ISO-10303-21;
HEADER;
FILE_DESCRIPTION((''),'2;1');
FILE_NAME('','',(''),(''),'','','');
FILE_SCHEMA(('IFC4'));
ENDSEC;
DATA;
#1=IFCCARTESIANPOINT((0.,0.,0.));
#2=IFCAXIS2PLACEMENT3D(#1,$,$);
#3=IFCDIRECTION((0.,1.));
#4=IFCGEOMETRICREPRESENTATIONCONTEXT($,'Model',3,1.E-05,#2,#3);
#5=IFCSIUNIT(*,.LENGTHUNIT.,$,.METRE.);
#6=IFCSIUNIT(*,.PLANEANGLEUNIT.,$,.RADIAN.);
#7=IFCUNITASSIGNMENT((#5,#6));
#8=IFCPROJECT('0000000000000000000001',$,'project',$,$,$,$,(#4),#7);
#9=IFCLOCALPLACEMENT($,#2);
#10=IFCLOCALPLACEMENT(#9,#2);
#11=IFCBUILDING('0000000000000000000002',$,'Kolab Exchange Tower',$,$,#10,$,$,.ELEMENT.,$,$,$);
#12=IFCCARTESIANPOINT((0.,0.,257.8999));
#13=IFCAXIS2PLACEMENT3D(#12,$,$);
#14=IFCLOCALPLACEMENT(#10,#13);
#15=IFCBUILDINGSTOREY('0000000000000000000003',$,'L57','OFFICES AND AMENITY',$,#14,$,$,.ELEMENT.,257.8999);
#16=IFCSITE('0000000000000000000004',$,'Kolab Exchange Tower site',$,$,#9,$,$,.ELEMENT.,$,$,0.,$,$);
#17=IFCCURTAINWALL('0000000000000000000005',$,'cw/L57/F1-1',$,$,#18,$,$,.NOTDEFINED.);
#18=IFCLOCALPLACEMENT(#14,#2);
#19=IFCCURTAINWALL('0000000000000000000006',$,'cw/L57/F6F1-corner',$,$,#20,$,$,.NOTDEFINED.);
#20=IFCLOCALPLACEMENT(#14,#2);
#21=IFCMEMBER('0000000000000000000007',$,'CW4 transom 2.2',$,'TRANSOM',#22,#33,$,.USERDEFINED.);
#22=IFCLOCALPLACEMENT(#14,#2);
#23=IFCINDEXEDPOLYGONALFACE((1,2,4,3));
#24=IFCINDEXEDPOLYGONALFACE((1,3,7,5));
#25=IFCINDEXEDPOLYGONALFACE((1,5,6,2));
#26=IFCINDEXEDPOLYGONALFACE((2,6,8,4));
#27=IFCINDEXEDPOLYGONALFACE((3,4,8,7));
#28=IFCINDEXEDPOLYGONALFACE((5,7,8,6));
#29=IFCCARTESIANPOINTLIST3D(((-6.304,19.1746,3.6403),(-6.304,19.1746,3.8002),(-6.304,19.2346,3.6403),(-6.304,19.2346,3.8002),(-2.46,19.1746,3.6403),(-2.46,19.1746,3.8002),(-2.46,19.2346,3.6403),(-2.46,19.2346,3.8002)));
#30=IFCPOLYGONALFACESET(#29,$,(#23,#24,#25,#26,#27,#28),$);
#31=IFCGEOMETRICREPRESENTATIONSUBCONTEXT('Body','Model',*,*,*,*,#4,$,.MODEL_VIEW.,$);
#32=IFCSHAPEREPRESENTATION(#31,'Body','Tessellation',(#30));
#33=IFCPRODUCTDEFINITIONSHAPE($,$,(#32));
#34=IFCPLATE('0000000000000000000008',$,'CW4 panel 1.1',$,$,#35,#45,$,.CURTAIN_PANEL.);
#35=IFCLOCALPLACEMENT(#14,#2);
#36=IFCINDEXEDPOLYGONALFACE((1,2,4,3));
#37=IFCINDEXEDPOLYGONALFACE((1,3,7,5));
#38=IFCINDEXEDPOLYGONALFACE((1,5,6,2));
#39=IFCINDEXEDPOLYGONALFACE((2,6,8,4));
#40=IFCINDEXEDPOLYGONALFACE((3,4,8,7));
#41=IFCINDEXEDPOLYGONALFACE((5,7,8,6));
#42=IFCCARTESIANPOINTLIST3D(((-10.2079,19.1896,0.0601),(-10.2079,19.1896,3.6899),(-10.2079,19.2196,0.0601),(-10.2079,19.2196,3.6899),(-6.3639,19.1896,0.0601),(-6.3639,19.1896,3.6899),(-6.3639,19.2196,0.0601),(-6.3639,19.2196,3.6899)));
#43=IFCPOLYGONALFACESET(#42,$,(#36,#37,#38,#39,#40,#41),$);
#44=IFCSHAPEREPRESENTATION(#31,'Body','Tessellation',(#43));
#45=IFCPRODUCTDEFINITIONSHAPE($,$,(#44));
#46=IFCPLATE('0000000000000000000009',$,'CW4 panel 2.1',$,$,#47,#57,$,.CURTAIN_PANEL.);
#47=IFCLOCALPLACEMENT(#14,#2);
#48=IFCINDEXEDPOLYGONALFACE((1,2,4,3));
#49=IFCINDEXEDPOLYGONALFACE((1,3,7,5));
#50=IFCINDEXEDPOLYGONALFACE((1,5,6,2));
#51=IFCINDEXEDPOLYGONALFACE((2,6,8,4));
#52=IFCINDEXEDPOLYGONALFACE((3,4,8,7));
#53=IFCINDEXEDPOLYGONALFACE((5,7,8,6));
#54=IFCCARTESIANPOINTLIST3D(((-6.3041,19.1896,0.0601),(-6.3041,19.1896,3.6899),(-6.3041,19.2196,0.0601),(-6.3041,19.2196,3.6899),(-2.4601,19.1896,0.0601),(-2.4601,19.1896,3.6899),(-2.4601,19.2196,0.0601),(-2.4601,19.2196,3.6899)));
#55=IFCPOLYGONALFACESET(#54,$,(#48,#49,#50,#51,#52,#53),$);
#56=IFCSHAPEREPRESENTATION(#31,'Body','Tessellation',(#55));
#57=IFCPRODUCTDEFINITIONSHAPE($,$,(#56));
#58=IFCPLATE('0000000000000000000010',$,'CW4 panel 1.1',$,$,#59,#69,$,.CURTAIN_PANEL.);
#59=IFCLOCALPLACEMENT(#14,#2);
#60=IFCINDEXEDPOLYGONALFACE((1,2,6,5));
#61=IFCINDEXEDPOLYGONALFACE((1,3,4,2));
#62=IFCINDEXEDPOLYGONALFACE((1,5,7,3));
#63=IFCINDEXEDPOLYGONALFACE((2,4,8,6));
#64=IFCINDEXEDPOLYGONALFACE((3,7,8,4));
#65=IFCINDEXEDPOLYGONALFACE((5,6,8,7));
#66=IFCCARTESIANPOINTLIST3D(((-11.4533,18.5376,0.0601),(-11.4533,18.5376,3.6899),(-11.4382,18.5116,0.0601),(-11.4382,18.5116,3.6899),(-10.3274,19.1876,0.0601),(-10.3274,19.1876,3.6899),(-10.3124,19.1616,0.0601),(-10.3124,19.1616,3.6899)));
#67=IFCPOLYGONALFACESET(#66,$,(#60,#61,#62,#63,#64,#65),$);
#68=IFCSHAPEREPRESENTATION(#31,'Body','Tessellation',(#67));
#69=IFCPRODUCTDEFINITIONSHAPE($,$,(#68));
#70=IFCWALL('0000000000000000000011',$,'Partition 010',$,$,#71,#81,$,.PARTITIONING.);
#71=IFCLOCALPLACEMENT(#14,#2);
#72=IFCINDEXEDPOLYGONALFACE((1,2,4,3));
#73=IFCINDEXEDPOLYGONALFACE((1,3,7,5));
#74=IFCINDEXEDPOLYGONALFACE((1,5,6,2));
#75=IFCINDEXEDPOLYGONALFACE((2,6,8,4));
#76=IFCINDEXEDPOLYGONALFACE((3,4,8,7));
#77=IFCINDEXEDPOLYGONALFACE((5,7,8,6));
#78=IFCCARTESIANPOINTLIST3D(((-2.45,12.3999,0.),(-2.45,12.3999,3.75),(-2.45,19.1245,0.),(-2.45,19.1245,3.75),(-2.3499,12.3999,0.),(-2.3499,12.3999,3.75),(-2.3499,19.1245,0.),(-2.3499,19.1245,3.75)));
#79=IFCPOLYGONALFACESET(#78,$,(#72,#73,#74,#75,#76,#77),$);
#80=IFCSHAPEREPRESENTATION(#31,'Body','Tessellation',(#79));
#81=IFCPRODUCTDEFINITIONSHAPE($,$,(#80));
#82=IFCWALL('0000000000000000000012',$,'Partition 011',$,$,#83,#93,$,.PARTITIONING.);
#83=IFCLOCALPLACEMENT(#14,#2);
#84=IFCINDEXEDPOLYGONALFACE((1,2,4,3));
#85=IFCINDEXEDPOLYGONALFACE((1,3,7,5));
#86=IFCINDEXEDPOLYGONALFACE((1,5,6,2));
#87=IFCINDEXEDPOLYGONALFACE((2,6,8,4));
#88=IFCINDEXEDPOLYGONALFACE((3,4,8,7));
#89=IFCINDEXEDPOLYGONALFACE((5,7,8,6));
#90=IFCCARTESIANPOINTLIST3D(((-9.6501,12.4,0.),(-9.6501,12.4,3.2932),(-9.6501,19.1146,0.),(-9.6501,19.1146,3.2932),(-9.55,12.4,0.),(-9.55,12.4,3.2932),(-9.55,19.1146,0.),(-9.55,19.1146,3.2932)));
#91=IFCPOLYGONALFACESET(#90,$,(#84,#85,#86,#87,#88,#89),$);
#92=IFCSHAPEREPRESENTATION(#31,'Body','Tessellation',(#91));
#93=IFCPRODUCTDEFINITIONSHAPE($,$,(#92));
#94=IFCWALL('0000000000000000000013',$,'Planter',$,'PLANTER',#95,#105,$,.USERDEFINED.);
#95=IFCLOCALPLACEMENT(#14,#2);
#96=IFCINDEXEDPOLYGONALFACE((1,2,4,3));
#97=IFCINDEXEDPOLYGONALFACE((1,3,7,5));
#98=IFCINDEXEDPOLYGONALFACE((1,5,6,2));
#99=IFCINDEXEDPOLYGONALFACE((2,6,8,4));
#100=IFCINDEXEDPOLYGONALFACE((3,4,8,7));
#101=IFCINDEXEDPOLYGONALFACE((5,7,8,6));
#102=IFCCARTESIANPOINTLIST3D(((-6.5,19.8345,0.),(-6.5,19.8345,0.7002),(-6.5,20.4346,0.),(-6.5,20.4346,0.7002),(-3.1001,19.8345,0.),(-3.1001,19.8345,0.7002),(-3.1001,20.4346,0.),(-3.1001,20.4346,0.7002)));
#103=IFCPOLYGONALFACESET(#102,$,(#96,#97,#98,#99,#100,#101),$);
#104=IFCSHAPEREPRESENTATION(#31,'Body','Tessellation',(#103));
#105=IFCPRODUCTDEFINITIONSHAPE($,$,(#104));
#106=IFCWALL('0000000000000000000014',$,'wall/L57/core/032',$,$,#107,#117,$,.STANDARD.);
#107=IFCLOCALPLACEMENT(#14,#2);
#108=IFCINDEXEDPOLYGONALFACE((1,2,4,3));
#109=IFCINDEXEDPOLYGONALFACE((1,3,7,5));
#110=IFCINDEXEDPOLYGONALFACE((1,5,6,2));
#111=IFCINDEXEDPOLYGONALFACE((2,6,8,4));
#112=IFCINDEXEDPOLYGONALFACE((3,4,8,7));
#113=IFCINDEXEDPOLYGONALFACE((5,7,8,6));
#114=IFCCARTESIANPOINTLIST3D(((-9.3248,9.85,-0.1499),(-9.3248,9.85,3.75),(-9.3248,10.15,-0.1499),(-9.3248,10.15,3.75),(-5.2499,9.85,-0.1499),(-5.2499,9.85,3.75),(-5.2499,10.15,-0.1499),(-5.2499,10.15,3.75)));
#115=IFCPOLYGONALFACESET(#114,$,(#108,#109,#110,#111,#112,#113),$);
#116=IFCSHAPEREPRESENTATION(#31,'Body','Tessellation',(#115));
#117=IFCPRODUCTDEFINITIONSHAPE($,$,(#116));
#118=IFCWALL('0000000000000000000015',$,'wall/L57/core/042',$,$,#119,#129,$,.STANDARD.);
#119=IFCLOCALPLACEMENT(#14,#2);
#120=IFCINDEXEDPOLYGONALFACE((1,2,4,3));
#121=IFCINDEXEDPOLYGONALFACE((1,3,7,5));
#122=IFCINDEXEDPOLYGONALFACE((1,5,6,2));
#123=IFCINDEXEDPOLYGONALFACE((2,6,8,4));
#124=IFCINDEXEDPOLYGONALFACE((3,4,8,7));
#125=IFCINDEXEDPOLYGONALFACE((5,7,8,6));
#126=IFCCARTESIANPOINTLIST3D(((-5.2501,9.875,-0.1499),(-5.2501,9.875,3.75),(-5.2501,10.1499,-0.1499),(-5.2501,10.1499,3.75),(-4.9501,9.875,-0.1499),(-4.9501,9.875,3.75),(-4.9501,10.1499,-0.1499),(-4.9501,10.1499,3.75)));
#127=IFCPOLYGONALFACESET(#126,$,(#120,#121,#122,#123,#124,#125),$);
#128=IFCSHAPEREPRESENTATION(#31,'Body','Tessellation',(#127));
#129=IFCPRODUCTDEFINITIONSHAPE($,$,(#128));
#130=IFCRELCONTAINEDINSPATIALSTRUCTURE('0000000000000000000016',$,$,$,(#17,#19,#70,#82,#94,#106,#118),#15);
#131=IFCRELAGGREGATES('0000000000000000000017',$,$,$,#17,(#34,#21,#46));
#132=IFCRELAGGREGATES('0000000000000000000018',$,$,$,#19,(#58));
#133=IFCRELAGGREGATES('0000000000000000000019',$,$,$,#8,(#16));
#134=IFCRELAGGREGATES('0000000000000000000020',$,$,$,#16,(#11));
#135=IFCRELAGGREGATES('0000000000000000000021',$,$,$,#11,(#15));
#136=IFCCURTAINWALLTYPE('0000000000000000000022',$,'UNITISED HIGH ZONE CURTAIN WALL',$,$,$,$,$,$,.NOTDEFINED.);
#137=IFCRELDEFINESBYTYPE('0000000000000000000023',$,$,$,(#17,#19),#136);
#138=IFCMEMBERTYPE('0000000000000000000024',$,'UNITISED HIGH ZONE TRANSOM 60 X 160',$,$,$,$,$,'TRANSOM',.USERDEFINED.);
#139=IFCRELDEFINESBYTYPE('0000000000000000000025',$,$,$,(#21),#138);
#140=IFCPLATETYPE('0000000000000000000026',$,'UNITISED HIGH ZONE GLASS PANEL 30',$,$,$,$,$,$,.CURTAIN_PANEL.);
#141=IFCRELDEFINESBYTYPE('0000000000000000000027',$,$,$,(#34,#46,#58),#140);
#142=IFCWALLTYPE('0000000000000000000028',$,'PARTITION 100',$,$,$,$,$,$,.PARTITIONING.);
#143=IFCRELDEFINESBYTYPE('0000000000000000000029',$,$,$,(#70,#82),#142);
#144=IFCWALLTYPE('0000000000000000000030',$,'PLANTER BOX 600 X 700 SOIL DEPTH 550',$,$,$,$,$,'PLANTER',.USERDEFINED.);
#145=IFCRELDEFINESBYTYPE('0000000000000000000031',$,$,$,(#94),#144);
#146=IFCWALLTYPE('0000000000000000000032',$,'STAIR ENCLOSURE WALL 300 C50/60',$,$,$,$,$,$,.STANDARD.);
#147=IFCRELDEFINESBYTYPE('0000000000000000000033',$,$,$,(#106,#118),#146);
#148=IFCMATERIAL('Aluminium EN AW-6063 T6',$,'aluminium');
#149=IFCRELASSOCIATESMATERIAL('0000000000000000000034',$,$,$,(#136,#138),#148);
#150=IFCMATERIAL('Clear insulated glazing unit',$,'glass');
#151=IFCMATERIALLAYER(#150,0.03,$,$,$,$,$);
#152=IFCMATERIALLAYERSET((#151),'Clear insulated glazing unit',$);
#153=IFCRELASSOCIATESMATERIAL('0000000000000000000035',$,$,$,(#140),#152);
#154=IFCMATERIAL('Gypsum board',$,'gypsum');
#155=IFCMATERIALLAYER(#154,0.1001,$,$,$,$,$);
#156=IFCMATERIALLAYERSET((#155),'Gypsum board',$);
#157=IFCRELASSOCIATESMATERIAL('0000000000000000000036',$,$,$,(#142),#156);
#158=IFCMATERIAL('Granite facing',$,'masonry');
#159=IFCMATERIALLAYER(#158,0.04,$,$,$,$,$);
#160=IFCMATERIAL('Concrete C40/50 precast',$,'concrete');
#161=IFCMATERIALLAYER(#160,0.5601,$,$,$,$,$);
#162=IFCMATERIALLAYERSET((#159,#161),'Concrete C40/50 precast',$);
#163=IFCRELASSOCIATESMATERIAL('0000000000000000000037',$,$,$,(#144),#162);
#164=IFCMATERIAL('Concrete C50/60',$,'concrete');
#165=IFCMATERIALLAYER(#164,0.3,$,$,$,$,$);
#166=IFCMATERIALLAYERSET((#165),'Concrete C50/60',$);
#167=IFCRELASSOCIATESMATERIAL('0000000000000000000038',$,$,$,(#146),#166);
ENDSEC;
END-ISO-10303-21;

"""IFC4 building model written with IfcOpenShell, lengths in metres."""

from ifc_helpers import new_model, si_unit, direction, frame, frame_2d, origin, origin_2d, place, context, subcontext, project, spatial, rectangle, extrude, material, layer, layer_set, material_profile, profile_set, type_object, element, aggregate, save


model = new_model("IFC4")

# Units and contexts
model_context = context("Model", 3, precision=1e-05, world=origin(), true_north=direction((0.0, 1.0)))
body_context = subcontext(model_context, "Body", "Model", "MODEL_VIEW")
ifc_project = project(units=[si_unit("LENGTHUNIT", "METRE"), si_unit("PLANEANGLEUNIT", "RADIAN")], contexts=[model_context])

# Site, building, storey
site_placement = place(None, origin())
site = spatial("IfcSite", under=ifc_project, at=site_placement, Name="Kolab Exchange Tower site", CompositionType="ELEMENT", RefElevation=0.0)
building_placement = place(site_placement, origin())
building = spatial("IfcBuilding", under=site, at=building_placement, Name="Kolab Exchange Tower", CompositionType="ELEMENT")
storey_placement = place(building_placement, frame((0.0, 0.0, 257.8999)))
storey = spatial("IfcBuildingStorey", under=building, at=storey_placement, Name="L57", Description="OFFICES AND AMENITY", CompositionType="ELEMENT", Elevation=257.8999)

# Shared definitions
ifc_material_1 = material(Name="Concrete C50/60", Category="concrete")

# Curtain wall
ifc_material_2 = material(Name="Aluminium EN AW-6063 T6", Category="aluminium")
curtain_wall_type = type_object("IfcCurtainWallType", Name="UNITISED HIGH ZONE CURTAIN WALL", PredefinedType="NOTDEFINED", material=ifc_material_2)
curtain_wall_1_placement = place(storey_placement, origin())
curtain_wall_1 = element("IfcCurtainWall", 1, at=curtain_wall_1_placement, inside=storey, type_object=curtain_wall_type, Name="cw/L57/F1-1", PredefinedType="NOTDEFINED")

# Curtain wall
curtain_wall_2_placement = place(storey_placement, origin())
curtain_wall_2 = element("IfcCurtainWall", 2, at=curtain_wall_2_placement, inside=storey, type_object=curtain_wall_type, Name="cw/L57/F6F1-corner", PredefinedType="NOTDEFINED")

# Member
ifc_material_profile_1 = material_profile(ifc_material_2, rectangle(XDim=0.0601, YDim=0.1599, at=origin_2d()), Name="RECT 60X160")
ifc_profile_set_1 = profile_set([ifc_material_profile_1], Name="Aluminium EN AW-6063 T6")
member_type_1 = type_object("IfcMemberType", Name="UNITISED HIGH ZONE TRANSOM 60 X 160", ElementType="TRANSOM", PredefinedType="USERDEFINED", material=ifc_profile_set_1)
member_1_placement = place(storey_placement, frame((-6.304, 19.2046, 3.7202), z_axis=(1.0, 0.0, 0.0), x_axis=(0.0, 1.0, 0.0)))
member_1 = element("IfcMember", 3, at=member_1_placement, type_object=member_type_1, Name="CW4 transom 2.2", ObjectType="TRANSOM", PredefinedType="USERDEFINED", context=body_context, shape_type="SweptSolid", body=[
    extrude(rectangle(XDim=0.0601, YDim=0.1599, at=origin_2d()), origin(), (0.0, 0.0, 1.0), 3.844),
])

# Plates
ifc_material_3 = material(Name="Clear insulated glazing unit", Category="glass")
ifc_layer_1 = layer(ifc_material_3, 0.03)
ifc_layer_set_1 = layer_set([ifc_layer_1], Name="Clear insulated glazing unit")
plate_type = type_object("IfcPlateType", Name="UNITISED HIGH ZONE GLASS PANEL 30", PredefinedType="CURTAIN_PANEL", material=ifc_layer_set_1)
plate_1_placement = place(storey_placement, frame((-8.2859, 19.2046, 0.0601), z_axis=(0.0, 0.0, 1.0), x_axis=(1.0, 0.0, 0.0)))
plate_1 = element("IfcPlate", 4, at=plate_1_placement, type_object=plate_type, Name="CW4 panel 1.1", PredefinedType="CURTAIN_PANEL", context=body_context, shape_type="SweptSolid", body=[
    extrude(rectangle(XDim=3.844, YDim=0.03, at=origin_2d()), origin(), (0.0, 0.0, 1.0), 3.6299),
])
plate_2_placement = place(storey_placement, frame((-4.3821, 19.2046, 0.0601), z_axis=(0.0, 0.0, 1.0), x_axis=(1.0, 0.0, 0.0)))
plate_2 = element("IfcPlate", 5, at=plate_2_placement, type_object=plate_type, Name="CW4 panel 2.1", PredefinedType="CURTAIN_PANEL", context=body_context, shape_type="SweptSolid", body=[
    extrude(rectangle(XDim=3.844, YDim=0.03, at=origin_2d()), origin(), (0.0, 0.0, 1.0), 3.6299),
])
aggregate(curtain_wall_1, [plate_1, member_1, plate_2])
plate_3_placement = place(storey_placement, frame((-10.8828, 18.8496, 0.0601), z_axis=(0.0, 0.0, 1.0), x_axis=(0.866025, 0.5, 0.0)))
plate_3 = element("IfcPlate", 6, at=plate_3_placement, type_object=plate_type, Name="CW4 panel 1.1", PredefinedType="CURTAIN_PANEL", context=body_context, shape_type="SweptSolid", body=[
    extrude(rectangle(XDim=1.3, YDim=0.03, at=origin_2d()), origin(), (0.0, 0.0, 1.0), 3.6299),
])
aggregate(curtain_wall_2, [plate_3])

# Walls
ifc_material_4 = material(Name="Gypsum board", Category="gypsum")
ifc_layer_2 = layer(ifc_material_4, 0.1001)
ifc_layer_set_2 = layer_set([ifc_layer_2], Name="Gypsum board")
wall_type_1 = type_object("IfcWallType", Name="PARTITION 100", PredefinedType="PARTITIONING", material=ifc_layer_set_2)
wall_1_placement = place(storey_placement, frame((-2.3999, 12.3999, 0.0), z_axis=(0.0, 0.0, 1.0), x_axis=(0.0, 1.0, 0.0)))
element("IfcWall", 7, at=wall_1_placement, inside=storey, type_object=wall_type_1, Name="Partition 010", PredefinedType="PARTITIONING", context=body_context, shape_type="SweptSolid", body=[
    extrude(rectangle(XDim=6.7246, YDim=0.1001, at=frame_2d((3.3623, 0.0))), origin(), (0.0, 0.0, 1.0), 3.75),
])
wall_2_placement = place(storey_placement, frame((-9.6001, 12.3999, 0.0), z_axis=(0.0, 0.0, 1.0), x_axis=(0.0, 1.0, 0.0)))
element("IfcWall", 8, at=wall_2_placement, inside=storey, type_object=wall_type_1, Name="Partition 011", PredefinedType="PARTITIONING", context=body_context, shape_type="SweptSolid", body=[
    extrude(rectangle(XDim=6.7146, YDim=0.1001, at=frame_2d((3.3574, 0.0))), origin(), (0.0, 0.0, 1.0), 3.2932),
])
ifc_material_5 = material(Name="Granite facing", Category="masonry")
ifc_layer_3 = layer(ifc_material_5, 0.04)
ifc_material_6 = material(Name="Concrete C40/50 precast", Category="concrete")
ifc_layer_4 = layer(ifc_material_6, 0.5601)
ifc_layer_set_3 = layer_set([ifc_layer_3, ifc_layer_4], Name="Concrete C40/50 precast")
wall_type_2 = type_object("IfcWallType", Name="PLANTER BOX 600 X 700 SOIL DEPTH 550", ElementType="PLANTER", PredefinedType="USERDEFINED", material=ifc_layer_set_3)
wall_3_placement = place(storey_placement, frame((-6.5, 20.1345, 0.0), z_axis=(0.0, 0.0, 1.0), x_axis=(1.0, 0.0, 0.0)))
element("IfcWall", 9, at=wall_3_placement, inside=storey, type_object=wall_type_2, Name="Planter", ObjectType="PLANTER", PredefinedType="USERDEFINED", context=body_context, shape_type="SweptSolid", body=[
    extrude(rectangle(XDim=3.3999, YDim=0.6001, at=frame_2d((1.7, 0.0))), origin(), (0.0, 0.0, 1.0), 0.7002),
])
ifc_layer_5 = layer(ifc_material_1, 0.3)
ifc_layer_set_4 = layer_set([ifc_layer_5], Name="Concrete C50/60")
wall_type_3 = type_object("IfcWallType", Name="STAIR ENCLOSURE WALL 300 C50/60", PredefinedType="STANDARD", material=ifc_layer_set_4)
wall_4_placement = place(storey_placement, frame((-9.325, 10.0, -0.1499), z_axis=(0.0, 0.0, 1.0), x_axis=(1.0, 0.0, 0.0)))
element("IfcWall", 10, at=wall_4_placement, inside=storey, type_object=wall_type_3, Name="wall/L57/core/032", PredefinedType="STANDARD", context=body_context, shape_type="SweptSolid", body=[
    extrude(rectangle(XDim=4.075, YDim=0.3, at=frame_2d((2.0376, 0.0))), origin(), (0.0, 0.0, 1.0), 3.8999),
])
wall_5_placement = place(storey_placement, frame((-5.1001, 9.875, -0.1499), z_axis=(0.0, 0.0, 1.0), x_axis=(0.0, 1.0, 0.0)))
element("IfcWall", 11, at=wall_5_placement, inside=storey, type_object=wall_type_3, Name="wall/L57/core/042", PredefinedType="STANDARD", context=body_context, shape_type="SweptSolid", body=[
    extrude(rectangle(XDim=0.2749, YDim=0.3, at=frame_2d((0.1375, 0.0))), origin(), (0.0, 0.0, 1.0), 3.8999),
])

save(model, "model.ifc")
